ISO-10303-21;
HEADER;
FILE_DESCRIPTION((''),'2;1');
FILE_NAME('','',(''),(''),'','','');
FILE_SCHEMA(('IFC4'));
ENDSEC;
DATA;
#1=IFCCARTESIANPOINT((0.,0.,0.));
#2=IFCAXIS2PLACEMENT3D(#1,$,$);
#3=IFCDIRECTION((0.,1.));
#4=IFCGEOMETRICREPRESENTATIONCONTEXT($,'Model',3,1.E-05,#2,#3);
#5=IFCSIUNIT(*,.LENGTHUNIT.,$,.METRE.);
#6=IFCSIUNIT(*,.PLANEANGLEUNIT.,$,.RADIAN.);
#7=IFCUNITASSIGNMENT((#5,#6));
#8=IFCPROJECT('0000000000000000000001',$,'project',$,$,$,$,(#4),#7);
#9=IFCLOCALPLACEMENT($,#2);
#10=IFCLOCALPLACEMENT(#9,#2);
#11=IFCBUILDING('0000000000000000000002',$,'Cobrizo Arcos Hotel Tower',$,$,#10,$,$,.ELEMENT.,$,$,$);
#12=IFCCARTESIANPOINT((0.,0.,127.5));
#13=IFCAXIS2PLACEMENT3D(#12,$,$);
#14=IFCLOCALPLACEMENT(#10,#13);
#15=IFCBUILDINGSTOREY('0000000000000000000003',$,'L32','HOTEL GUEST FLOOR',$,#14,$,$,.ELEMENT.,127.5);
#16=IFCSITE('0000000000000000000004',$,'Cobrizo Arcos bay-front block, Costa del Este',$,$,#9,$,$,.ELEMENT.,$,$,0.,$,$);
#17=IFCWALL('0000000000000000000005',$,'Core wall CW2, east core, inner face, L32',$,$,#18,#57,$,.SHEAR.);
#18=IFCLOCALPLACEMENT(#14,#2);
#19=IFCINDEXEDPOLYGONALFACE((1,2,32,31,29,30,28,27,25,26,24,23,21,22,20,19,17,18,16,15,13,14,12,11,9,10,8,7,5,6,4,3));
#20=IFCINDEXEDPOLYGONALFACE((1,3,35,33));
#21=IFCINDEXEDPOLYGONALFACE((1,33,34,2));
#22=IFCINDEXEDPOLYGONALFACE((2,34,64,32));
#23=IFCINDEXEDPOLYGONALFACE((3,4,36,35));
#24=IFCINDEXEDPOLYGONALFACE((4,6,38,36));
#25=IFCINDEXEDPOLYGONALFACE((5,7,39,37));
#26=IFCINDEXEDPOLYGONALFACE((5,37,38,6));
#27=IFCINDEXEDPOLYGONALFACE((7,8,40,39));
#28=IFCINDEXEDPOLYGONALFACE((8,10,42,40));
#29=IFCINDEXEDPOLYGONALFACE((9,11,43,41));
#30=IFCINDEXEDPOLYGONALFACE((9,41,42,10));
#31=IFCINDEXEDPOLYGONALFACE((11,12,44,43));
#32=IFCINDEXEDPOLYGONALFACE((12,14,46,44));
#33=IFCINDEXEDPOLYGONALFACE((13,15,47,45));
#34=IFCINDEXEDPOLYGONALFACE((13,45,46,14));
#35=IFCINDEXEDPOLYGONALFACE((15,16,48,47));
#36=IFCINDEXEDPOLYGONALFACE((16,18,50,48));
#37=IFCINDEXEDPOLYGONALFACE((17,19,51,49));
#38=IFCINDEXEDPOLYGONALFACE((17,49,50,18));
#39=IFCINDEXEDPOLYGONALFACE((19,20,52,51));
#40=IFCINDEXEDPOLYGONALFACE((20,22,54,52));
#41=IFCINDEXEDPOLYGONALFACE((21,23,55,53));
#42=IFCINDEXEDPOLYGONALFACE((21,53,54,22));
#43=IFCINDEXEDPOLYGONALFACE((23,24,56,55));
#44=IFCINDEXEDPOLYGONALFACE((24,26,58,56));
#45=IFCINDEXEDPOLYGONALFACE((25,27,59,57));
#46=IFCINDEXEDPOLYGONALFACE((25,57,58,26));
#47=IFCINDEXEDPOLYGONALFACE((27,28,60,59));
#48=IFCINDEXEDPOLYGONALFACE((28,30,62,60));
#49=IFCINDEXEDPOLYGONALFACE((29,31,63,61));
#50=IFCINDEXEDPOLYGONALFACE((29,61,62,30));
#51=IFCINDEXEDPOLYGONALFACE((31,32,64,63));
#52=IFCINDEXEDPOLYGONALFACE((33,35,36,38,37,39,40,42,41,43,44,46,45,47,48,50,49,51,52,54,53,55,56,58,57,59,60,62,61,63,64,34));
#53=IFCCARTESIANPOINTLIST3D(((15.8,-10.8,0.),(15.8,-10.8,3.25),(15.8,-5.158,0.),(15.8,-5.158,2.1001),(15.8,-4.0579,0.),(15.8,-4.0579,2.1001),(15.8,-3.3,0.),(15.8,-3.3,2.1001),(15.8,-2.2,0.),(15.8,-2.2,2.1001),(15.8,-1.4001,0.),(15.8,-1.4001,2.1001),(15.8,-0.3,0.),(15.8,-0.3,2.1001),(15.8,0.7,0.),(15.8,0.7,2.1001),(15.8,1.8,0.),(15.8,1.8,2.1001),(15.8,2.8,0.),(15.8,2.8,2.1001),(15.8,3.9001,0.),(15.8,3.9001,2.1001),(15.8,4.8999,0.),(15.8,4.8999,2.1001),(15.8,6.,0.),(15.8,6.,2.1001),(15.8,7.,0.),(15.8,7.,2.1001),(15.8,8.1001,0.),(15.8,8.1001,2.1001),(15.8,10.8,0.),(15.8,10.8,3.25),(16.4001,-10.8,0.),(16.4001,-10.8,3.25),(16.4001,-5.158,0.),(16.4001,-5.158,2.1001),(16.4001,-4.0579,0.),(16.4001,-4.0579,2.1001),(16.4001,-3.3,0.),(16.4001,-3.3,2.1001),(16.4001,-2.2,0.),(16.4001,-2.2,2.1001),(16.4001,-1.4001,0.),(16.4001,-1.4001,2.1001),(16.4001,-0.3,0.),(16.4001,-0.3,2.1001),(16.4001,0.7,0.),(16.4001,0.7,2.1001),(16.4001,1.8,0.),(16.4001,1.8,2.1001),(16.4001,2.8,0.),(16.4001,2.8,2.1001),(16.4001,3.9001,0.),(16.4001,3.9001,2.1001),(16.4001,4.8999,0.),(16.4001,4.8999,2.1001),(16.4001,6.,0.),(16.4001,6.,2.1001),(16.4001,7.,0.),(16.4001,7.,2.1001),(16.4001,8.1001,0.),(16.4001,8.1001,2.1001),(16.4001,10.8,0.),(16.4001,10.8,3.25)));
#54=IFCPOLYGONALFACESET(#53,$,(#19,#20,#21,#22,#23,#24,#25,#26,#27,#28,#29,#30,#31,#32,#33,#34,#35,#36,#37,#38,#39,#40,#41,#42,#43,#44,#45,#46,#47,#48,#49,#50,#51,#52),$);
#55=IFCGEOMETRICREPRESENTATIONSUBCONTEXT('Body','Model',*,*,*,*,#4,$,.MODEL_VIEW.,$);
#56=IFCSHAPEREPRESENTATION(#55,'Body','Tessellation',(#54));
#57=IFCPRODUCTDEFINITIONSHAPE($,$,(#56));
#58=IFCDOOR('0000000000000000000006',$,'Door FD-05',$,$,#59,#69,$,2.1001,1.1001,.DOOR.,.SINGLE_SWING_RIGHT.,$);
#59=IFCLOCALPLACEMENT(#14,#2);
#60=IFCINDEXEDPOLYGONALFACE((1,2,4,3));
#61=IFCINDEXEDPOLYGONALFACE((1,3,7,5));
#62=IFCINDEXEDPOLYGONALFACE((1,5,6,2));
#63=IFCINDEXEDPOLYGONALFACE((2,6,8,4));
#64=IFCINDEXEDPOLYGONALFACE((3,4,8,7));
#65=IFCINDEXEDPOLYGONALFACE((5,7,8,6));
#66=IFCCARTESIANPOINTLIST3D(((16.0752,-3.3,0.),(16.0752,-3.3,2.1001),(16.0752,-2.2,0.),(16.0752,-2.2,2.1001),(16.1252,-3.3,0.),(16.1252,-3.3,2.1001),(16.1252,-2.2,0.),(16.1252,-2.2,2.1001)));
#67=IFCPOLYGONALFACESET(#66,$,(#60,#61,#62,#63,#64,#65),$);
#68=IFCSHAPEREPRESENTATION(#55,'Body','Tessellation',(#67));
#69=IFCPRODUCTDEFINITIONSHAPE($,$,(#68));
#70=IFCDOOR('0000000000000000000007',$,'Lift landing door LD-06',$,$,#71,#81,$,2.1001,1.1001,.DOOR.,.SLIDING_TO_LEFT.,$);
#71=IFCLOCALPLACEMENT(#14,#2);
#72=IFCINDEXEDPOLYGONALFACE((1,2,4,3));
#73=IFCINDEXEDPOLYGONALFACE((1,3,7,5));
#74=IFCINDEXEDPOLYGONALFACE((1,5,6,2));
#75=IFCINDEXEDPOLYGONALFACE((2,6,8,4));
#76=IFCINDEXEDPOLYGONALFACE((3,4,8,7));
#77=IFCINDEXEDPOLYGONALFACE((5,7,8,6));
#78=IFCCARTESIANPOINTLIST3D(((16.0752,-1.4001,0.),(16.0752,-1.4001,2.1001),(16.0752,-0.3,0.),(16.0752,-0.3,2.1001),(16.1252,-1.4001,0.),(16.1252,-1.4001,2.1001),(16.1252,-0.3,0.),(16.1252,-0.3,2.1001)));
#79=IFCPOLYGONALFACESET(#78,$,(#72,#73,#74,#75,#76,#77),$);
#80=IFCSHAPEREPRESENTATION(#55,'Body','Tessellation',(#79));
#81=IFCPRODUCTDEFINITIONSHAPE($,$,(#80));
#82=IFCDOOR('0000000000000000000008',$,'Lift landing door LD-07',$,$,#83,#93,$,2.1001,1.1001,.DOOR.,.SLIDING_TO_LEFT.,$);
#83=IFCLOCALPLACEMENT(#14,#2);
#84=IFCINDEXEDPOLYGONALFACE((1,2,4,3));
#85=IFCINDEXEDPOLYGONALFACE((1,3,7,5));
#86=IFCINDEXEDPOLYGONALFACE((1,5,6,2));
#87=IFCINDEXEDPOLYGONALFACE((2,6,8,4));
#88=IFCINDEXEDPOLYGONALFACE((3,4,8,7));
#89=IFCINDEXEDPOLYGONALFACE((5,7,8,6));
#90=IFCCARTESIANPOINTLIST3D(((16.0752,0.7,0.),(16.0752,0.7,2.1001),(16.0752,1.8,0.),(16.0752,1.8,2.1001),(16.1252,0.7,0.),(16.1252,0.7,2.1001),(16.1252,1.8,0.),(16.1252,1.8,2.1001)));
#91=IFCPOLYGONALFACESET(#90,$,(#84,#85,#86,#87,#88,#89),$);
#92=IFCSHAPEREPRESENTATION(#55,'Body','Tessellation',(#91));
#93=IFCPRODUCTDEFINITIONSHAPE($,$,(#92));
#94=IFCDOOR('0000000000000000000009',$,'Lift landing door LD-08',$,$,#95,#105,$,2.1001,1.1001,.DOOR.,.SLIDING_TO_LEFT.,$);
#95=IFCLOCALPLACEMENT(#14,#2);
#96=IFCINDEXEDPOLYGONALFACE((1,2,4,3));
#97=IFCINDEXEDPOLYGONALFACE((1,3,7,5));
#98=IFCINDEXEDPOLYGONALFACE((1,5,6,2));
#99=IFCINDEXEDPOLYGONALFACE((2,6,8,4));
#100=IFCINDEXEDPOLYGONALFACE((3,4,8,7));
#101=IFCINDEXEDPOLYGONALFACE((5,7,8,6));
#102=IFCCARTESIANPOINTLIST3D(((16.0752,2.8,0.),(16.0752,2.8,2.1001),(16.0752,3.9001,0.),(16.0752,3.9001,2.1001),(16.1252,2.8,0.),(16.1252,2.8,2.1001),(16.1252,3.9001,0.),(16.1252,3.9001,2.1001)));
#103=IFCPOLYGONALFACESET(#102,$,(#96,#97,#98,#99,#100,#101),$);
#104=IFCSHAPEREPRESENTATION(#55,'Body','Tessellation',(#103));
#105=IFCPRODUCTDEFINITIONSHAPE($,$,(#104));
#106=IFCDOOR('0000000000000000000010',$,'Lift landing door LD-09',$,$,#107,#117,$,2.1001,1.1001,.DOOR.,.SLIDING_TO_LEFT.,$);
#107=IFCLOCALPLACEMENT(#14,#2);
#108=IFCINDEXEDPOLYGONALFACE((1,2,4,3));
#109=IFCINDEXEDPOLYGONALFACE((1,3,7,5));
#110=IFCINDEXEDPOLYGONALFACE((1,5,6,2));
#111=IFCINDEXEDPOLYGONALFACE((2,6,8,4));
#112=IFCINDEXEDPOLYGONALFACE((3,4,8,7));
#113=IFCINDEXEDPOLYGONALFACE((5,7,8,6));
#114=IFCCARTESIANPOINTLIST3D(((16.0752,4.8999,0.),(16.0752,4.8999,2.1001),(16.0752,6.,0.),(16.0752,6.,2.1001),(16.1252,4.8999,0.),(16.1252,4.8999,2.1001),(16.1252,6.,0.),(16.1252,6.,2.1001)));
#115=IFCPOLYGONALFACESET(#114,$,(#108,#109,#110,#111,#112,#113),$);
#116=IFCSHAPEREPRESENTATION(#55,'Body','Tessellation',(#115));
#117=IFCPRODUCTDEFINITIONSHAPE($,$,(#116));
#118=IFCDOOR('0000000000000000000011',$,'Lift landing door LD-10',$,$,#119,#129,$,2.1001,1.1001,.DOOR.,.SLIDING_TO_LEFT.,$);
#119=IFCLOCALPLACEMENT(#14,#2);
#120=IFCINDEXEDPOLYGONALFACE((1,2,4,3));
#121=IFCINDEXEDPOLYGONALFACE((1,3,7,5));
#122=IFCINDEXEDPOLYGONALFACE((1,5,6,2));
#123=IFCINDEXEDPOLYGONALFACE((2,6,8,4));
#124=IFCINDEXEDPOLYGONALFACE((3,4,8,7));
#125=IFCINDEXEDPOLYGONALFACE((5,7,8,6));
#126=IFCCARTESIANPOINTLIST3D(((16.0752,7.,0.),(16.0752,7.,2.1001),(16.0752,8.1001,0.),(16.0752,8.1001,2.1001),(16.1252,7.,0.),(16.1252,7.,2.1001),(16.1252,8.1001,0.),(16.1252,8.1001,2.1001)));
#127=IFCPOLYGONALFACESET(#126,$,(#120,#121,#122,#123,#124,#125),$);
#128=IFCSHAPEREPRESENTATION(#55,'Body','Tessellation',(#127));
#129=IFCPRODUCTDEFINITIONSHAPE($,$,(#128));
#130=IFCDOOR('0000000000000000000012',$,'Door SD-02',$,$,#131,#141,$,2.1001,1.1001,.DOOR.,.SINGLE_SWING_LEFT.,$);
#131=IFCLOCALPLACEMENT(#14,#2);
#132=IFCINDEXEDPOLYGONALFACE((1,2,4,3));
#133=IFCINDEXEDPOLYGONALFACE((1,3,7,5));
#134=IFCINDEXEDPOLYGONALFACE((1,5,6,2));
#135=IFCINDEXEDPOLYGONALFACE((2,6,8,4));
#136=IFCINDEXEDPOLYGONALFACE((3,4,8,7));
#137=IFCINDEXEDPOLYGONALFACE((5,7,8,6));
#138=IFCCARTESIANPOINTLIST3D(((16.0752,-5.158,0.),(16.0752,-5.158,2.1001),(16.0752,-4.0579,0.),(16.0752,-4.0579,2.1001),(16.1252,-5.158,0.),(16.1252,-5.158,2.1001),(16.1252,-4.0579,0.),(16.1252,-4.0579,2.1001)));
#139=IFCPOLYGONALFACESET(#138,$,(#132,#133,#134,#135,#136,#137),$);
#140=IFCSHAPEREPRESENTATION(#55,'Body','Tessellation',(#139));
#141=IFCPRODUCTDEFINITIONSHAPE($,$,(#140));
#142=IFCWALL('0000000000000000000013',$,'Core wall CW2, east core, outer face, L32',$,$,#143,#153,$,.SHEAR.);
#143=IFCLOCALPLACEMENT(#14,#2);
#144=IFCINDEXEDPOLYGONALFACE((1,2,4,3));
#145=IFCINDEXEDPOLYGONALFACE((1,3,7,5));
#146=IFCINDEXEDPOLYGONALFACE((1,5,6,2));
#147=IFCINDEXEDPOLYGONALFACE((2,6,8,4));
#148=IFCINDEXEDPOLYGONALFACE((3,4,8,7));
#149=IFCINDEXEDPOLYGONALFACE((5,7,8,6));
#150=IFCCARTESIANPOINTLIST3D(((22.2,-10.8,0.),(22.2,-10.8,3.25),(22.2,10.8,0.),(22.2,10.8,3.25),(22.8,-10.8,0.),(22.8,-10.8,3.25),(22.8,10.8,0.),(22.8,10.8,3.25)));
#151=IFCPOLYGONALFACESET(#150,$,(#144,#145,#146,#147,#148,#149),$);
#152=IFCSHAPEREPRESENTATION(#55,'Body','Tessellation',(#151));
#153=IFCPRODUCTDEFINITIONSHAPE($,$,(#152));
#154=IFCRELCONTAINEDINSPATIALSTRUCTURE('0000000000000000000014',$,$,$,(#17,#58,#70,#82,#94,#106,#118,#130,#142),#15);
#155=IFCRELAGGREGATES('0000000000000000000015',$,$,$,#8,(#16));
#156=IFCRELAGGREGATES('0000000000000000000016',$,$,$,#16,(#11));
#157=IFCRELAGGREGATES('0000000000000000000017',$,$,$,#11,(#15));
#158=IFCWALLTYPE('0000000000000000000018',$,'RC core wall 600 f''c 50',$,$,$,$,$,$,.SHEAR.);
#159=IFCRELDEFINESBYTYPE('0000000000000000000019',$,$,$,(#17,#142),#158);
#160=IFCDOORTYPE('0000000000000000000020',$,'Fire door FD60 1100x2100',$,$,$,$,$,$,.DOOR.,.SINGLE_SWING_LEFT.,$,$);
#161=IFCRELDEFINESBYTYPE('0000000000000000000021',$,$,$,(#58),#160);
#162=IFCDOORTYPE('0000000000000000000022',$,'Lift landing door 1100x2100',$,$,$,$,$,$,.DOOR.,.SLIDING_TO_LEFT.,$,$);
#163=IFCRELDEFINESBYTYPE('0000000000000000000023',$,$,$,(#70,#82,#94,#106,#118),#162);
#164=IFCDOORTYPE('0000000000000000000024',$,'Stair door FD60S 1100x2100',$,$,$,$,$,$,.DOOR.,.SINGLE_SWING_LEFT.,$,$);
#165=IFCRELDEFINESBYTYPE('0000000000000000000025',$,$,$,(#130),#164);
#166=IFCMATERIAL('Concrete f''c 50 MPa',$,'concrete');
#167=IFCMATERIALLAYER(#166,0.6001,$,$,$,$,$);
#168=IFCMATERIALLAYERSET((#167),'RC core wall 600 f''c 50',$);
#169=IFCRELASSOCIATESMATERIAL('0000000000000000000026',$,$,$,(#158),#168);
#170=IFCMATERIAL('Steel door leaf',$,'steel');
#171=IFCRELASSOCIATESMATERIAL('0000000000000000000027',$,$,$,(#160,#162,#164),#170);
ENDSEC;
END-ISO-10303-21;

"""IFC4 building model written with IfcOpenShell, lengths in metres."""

from ifc_helpers import new_model, si_unit, direction, frame, frame_2d, origin, place, context, subcontext, project, spatial, rectangle, extrude, material, layer, layer_set, type_object, element, fill, save


model = new_model("IFC4")

# Units and contexts
model_context = context("Model", 3, precision=1e-05, world=origin(), true_north=direction((0.0, 1.0)))
body_context = subcontext(model_context, "Body", "Model", "MODEL_VIEW")
ifc_project = project(units=[si_unit("LENGTHUNIT", "METRE"), si_unit("PLANEANGLEUNIT", "RADIAN")], contexts=[model_context])

# Site, building, storey
site_placement = place(None, origin())
site = spatial("IfcSite", under=ifc_project, at=site_placement, Name="Cobrizo Arcos bay-front block, Costa del Este", CompositionType="ELEMENT", RefElevation=0.0)
building_placement = place(site_placement, origin())
building = spatial("IfcBuilding", under=site, at=building_placement, Name="Cobrizo Arcos Hotel Tower", CompositionType="ELEMENT")
storey_placement = place(building_placement, frame((0.0, 0.0, 127.5)))
storey = spatial("IfcBuildingStorey", under=building, at=storey_placement, Name="L32", Description="HOTEL GUEST FLOOR", CompositionType="ELEMENT", Elevation=127.5)

# Wall, openings, doors
ifc_material_1 = material(Name="Concrete f'c 50 MPa", Category="concrete")
ifc_layer_1 = layer(ifc_material_1, 0.6001)
ifc_layer_set_1 = layer_set([ifc_layer_1], Name="RC core wall 600 f'c 50")
wall_type_1 = type_object("IfcWallType", Name="RC core wall 600 f'c 50", PredefinedType="SHEAR", material=ifc_layer_set_1)
wall_1_placement = place(storey_placement, frame((16.1001, -10.8, 0.0), z_axis=(0.0, 0.0, 1.0), x_axis=(0.0, 1.0, 0.0)))
wall_1 = element("IfcWall", 1, at=wall_1_placement, inside=storey, type_object=wall_type_1, Name="Core wall CW2, east core, inner face, L32", PredefinedType="SHEAR", context=body_context, shape_type="SweptSolid", body=[
    extrude(rectangle(XDim=21.6001, YDim=0.6001, at=frame_2d((10.8, 0.0))), origin(), (0.0, 0.0, 1.0), 3.25),
])
opening_1_placement = place(wall_1_placement, frame((9.3999, 0.0, 0.0)))
opening_1 = element("IfcOpeningElement", 2, at=opening_1_placement, cuts=wall_1, PredefinedType="OPENING", context=body_context, shape_type="SweptSolid", body=[
    extrude(rectangle(XDim=1.1001, YDim=2.1001, at=frame_2d((0.55, 1.05))), frame((0.0, 0.312, 0.0), z_axis=(0.0, -1.0, 0.0), x_axis=(1.0, 0.0, 0.0)), (0.0, 0.0, 1.0), 0.624),
])
opening_2_placement = place(wall_1_placement, frame((11.5, 0.0, 0.0)))
opening_2 = element("IfcOpeningElement", 3, at=opening_2_placement, cuts=wall_1, PredefinedType="OPENING", context=body_context, shape_type="SweptSolid", body=[
    extrude(rectangle(XDim=1.1001, YDim=2.1001, at=frame_2d((0.55, 1.05))), frame((0.0, 0.312, 0.0), z_axis=(0.0, -1.0, 0.0), x_axis=(1.0, 0.0, 0.0)), (0.0, 0.0, 1.0), 0.624),
])
opening_3_placement = place(wall_1_placement, frame((13.6001, 0.0, 0.0)))
opening_3 = element("IfcOpeningElement", 4, at=opening_3_placement, cuts=wall_1, PredefinedType="OPENING", context=body_context, shape_type="SweptSolid", body=[
    extrude(rectangle(XDim=1.1001, YDim=2.1001, at=frame_2d((0.55, 1.05))), frame((0.0, 0.312, 0.0), z_axis=(0.0, -1.0, 0.0), x_axis=(1.0, 0.0, 0.0)), (0.0, 0.0, 1.0), 0.624),
])
opening_4_placement = place(wall_1_placement, frame((15.7, 0.0, 0.0)))
opening_4 = element("IfcOpeningElement", 5, at=opening_4_placement, cuts=wall_1, PredefinedType="OPENING", context=body_context, shape_type="SweptSolid", body=[
    extrude(rectangle(XDim=1.1001, YDim=2.1001, at=frame_2d((0.55, 1.05))), frame((0.0, 0.312, 0.0), z_axis=(0.0, -1.0, 0.0), x_axis=(1.0, 0.0, 0.0)), (0.0, 0.0, 1.0), 0.624),
])
opening_5_placement = place(wall_1_placement, frame((17.8, 0.0, 0.0)))
opening_5 = element("IfcOpeningElement", 6, at=opening_5_placement, cuts=wall_1, PredefinedType="OPENING", context=body_context, shape_type="SweptSolid", body=[
    extrude(rectangle(XDim=1.1001, YDim=2.1001, at=frame_2d((0.55, 1.05))), frame((0.0, 0.312, 0.0), z_axis=(0.0, -1.0, 0.0), x_axis=(1.0, 0.0, 0.0)), (0.0, 0.0, 1.0), 0.624),
])
opening_6_placement = place(wall_1_placement, frame((5.6421, 0.0, 0.0)))
opening_6 = element("IfcOpeningElement", 7, at=opening_6_placement, cuts=wall_1, PredefinedType="OPENING", context=body_context, shape_type="SweptSolid", body=[
    extrude(rectangle(XDim=1.1001, YDim=2.1001, at=frame_2d((0.55, 1.05))), frame((0.0, 0.312, 0.0), z_axis=(0.0, -1.0, 0.0), x_axis=(1.0, 0.0, 0.0)), (0.0, 0.0, 1.0), 0.624),
])
opening_7_placement = place(wall_1_placement, frame((7.5, 0.0, 0.0)))
opening_7 = element("IfcOpeningElement", 8, at=opening_7_placement, cuts=wall_1, PredefinedType="OPENING", context=body_context, shape_type="SweptSolid", body=[
    extrude(rectangle(XDim=1.1001, YDim=2.1001, at=frame_2d((0.55, 1.05))), frame((0.0, 0.312, 0.0), z_axis=(0.0, -1.0, 0.0), x_axis=(1.0, 0.0, 0.0)), (0.0, 0.0, 1.0), 0.624),
])
ifc_material_2 = material(Name="Steel door leaf", Category="steel")
door_type_1 = type_object("IfcDoorType", Name="Fire door FD60 1100x2100", OperationType="SINGLE_SWING_LEFT", PredefinedType="DOOR", material=ifc_material_2)
door_1_placement = place(opening_7_placement, origin())
door_1 = element("IfcDoor", 9, at=door_1_placement, inside=storey, type_object=door_type_1, Name="Door FD-05", OperationType="SINGLE_SWING_RIGHT", OverallHeight=2.1001, OverallWidth=1.1001, PredefinedType="DOOR", context=body_context, shape_type="SweptSolid", body=[
    extrude(rectangle(XDim=1.1001, YDim=2.1001, at=frame_2d((0.55, 1.05))), frame((0.0, 0.0249, 0.0), z_axis=(0.0, -1.0, 0.0), x_axis=(1.0, 0.0, 0.0)), (0.0, 0.0, 1.0), 0.05),
])
fill(opening_7, door_1)
door_type_2 = type_object("IfcDoorType", Name="Lift landing door 1100x2100", OperationType="SLIDING_TO_LEFT", PredefinedType="DOOR", material=ifc_material_2)
door_2_placement = place(opening_1_placement, origin())
door_2 = element("IfcDoor", 10, at=door_2_placement, inside=storey, type_object=door_type_2, Name="Lift landing door LD-06", OperationType="SLIDING_TO_LEFT", OverallHeight=2.1001, OverallWidth=1.1001, PredefinedType="DOOR", context=body_context, shape_type="SweptSolid", body=[
    extrude(rectangle(XDim=1.1001, YDim=2.1001, at=frame_2d((0.55, 1.05))), frame((0.0, 0.0249, 0.0), z_axis=(0.0, -1.0, 0.0), x_axis=(1.0, 0.0, 0.0)), (0.0, 0.0, 1.0), 0.05),
])
fill(opening_1, door_2)
door_3_placement = place(opening_2_placement, origin())
door_3 = element("IfcDoor", 11, at=door_3_placement, inside=storey, type_object=door_type_2, Name="Lift landing door LD-07", OperationType="SLIDING_TO_LEFT", OverallHeight=2.1001, OverallWidth=1.1001, PredefinedType="DOOR", context=body_context, shape_type="SweptSolid", body=[
    extrude(rectangle(XDim=1.1001, YDim=2.1001, at=frame_2d((0.55, 1.05))), frame((0.0, 0.0249, 0.0), z_axis=(0.0, -1.0, 0.0), x_axis=(1.0, 0.0, 0.0)), (0.0, 0.0, 1.0), 0.05),
])
fill(opening_2, door_3)
door_4_placement = place(opening_3_placement, origin())
door_4 = element("IfcDoor", 12, at=door_4_placement, inside=storey, type_object=door_type_2, Name="Lift landing door LD-08", OperationType="SLIDING_TO_LEFT", OverallHeight=2.1001, OverallWidth=1.1001, PredefinedType="DOOR", context=body_context, shape_type="SweptSolid", body=[
    extrude(rectangle(XDim=1.1001, YDim=2.1001, at=frame_2d((0.55, 1.05))), frame((0.0, 0.0249, 0.0), z_axis=(0.0, -1.0, 0.0), x_axis=(1.0, 0.0, 0.0)), (0.0, 0.0, 1.0), 0.05),
])
fill(opening_3, door_4)
door_5_placement = place(opening_4_placement, origin())
door_5 = element("IfcDoor", 13, at=door_5_placement, inside=storey, type_object=door_type_2, Name="Lift landing door LD-09", OperationType="SLIDING_TO_LEFT", OverallHeight=2.1001, OverallWidth=1.1001, PredefinedType="DOOR", context=body_context, shape_type="SweptSolid", body=[
    extrude(rectangle(XDim=1.1001, YDim=2.1001, at=frame_2d((0.55, 1.05))), frame((0.0, 0.0249, 0.0), z_axis=(0.0, -1.0, 0.0), x_axis=(1.0, 0.0, 0.0)), (0.0, 0.0, 1.0), 0.05),
])
fill(opening_4, door_5)
door_6_placement = place(opening_5_placement, origin())
door_6 = element("IfcDoor", 14, at=door_6_placement, inside=storey, type_object=door_type_2, Name="Lift landing door LD-10", OperationType="SLIDING_TO_LEFT", OverallHeight=2.1001, OverallWidth=1.1001, PredefinedType="DOOR", context=body_context, shape_type="SweptSolid", body=[
    extrude(rectangle(XDim=1.1001, YDim=2.1001, at=frame_2d((0.55, 1.05))), frame((0.0, 0.0249, 0.0), z_axis=(0.0, -1.0, 0.0), x_axis=(1.0, 0.0, 0.0)), (0.0, 0.0, 1.0), 0.05),
])
fill(opening_5, door_6)
door_type_3 = type_object("IfcDoorType", Name="Stair door FD60S 1100x2100", OperationType="SINGLE_SWING_LEFT", PredefinedType="DOOR", material=ifc_material_2)
door_7_placement = place(opening_6_placement, origin())
door_7 = element("IfcDoor", 15, at=door_7_placement, inside=storey, type_object=door_type_3, Name="Door SD-02", OperationType="SINGLE_SWING_LEFT", OverallHeight=2.1001, OverallWidth=1.1001, PredefinedType="DOOR", context=body_context, shape_type="SweptSolid", body=[
    extrude(rectangle(XDim=1.1001, YDim=2.1001, at=frame_2d((0.55, 1.05))), frame((0.0, 0.0249, 0.0), z_axis=(0.0, -1.0, 0.0), x_axis=(1.0, 0.0, 0.0)), (0.0, 0.0, 1.0), 0.05),
])
fill(opening_6, door_7)

# Wall
wall_2_placement = place(storey_placement, frame((22.5, -10.8, 0.0), z_axis=(0.0, 0.0, 1.0), x_axis=(0.0, 1.0, 0.0)))
element("IfcWall", 16, at=wall_2_placement, inside=storey, type_object=wall_type_1, Name="Core wall CW2, east core, outer face, L32", PredefinedType="SHEAR", context=body_context, shape_type="SweptSolid", body=[
    extrude(rectangle(XDim=21.6001, YDim=0.6001, at=frame_2d((10.8, 0.0))), origin(), (0.0, 0.0, 1.0), 3.25),
])

save(model, "model.ifc")
